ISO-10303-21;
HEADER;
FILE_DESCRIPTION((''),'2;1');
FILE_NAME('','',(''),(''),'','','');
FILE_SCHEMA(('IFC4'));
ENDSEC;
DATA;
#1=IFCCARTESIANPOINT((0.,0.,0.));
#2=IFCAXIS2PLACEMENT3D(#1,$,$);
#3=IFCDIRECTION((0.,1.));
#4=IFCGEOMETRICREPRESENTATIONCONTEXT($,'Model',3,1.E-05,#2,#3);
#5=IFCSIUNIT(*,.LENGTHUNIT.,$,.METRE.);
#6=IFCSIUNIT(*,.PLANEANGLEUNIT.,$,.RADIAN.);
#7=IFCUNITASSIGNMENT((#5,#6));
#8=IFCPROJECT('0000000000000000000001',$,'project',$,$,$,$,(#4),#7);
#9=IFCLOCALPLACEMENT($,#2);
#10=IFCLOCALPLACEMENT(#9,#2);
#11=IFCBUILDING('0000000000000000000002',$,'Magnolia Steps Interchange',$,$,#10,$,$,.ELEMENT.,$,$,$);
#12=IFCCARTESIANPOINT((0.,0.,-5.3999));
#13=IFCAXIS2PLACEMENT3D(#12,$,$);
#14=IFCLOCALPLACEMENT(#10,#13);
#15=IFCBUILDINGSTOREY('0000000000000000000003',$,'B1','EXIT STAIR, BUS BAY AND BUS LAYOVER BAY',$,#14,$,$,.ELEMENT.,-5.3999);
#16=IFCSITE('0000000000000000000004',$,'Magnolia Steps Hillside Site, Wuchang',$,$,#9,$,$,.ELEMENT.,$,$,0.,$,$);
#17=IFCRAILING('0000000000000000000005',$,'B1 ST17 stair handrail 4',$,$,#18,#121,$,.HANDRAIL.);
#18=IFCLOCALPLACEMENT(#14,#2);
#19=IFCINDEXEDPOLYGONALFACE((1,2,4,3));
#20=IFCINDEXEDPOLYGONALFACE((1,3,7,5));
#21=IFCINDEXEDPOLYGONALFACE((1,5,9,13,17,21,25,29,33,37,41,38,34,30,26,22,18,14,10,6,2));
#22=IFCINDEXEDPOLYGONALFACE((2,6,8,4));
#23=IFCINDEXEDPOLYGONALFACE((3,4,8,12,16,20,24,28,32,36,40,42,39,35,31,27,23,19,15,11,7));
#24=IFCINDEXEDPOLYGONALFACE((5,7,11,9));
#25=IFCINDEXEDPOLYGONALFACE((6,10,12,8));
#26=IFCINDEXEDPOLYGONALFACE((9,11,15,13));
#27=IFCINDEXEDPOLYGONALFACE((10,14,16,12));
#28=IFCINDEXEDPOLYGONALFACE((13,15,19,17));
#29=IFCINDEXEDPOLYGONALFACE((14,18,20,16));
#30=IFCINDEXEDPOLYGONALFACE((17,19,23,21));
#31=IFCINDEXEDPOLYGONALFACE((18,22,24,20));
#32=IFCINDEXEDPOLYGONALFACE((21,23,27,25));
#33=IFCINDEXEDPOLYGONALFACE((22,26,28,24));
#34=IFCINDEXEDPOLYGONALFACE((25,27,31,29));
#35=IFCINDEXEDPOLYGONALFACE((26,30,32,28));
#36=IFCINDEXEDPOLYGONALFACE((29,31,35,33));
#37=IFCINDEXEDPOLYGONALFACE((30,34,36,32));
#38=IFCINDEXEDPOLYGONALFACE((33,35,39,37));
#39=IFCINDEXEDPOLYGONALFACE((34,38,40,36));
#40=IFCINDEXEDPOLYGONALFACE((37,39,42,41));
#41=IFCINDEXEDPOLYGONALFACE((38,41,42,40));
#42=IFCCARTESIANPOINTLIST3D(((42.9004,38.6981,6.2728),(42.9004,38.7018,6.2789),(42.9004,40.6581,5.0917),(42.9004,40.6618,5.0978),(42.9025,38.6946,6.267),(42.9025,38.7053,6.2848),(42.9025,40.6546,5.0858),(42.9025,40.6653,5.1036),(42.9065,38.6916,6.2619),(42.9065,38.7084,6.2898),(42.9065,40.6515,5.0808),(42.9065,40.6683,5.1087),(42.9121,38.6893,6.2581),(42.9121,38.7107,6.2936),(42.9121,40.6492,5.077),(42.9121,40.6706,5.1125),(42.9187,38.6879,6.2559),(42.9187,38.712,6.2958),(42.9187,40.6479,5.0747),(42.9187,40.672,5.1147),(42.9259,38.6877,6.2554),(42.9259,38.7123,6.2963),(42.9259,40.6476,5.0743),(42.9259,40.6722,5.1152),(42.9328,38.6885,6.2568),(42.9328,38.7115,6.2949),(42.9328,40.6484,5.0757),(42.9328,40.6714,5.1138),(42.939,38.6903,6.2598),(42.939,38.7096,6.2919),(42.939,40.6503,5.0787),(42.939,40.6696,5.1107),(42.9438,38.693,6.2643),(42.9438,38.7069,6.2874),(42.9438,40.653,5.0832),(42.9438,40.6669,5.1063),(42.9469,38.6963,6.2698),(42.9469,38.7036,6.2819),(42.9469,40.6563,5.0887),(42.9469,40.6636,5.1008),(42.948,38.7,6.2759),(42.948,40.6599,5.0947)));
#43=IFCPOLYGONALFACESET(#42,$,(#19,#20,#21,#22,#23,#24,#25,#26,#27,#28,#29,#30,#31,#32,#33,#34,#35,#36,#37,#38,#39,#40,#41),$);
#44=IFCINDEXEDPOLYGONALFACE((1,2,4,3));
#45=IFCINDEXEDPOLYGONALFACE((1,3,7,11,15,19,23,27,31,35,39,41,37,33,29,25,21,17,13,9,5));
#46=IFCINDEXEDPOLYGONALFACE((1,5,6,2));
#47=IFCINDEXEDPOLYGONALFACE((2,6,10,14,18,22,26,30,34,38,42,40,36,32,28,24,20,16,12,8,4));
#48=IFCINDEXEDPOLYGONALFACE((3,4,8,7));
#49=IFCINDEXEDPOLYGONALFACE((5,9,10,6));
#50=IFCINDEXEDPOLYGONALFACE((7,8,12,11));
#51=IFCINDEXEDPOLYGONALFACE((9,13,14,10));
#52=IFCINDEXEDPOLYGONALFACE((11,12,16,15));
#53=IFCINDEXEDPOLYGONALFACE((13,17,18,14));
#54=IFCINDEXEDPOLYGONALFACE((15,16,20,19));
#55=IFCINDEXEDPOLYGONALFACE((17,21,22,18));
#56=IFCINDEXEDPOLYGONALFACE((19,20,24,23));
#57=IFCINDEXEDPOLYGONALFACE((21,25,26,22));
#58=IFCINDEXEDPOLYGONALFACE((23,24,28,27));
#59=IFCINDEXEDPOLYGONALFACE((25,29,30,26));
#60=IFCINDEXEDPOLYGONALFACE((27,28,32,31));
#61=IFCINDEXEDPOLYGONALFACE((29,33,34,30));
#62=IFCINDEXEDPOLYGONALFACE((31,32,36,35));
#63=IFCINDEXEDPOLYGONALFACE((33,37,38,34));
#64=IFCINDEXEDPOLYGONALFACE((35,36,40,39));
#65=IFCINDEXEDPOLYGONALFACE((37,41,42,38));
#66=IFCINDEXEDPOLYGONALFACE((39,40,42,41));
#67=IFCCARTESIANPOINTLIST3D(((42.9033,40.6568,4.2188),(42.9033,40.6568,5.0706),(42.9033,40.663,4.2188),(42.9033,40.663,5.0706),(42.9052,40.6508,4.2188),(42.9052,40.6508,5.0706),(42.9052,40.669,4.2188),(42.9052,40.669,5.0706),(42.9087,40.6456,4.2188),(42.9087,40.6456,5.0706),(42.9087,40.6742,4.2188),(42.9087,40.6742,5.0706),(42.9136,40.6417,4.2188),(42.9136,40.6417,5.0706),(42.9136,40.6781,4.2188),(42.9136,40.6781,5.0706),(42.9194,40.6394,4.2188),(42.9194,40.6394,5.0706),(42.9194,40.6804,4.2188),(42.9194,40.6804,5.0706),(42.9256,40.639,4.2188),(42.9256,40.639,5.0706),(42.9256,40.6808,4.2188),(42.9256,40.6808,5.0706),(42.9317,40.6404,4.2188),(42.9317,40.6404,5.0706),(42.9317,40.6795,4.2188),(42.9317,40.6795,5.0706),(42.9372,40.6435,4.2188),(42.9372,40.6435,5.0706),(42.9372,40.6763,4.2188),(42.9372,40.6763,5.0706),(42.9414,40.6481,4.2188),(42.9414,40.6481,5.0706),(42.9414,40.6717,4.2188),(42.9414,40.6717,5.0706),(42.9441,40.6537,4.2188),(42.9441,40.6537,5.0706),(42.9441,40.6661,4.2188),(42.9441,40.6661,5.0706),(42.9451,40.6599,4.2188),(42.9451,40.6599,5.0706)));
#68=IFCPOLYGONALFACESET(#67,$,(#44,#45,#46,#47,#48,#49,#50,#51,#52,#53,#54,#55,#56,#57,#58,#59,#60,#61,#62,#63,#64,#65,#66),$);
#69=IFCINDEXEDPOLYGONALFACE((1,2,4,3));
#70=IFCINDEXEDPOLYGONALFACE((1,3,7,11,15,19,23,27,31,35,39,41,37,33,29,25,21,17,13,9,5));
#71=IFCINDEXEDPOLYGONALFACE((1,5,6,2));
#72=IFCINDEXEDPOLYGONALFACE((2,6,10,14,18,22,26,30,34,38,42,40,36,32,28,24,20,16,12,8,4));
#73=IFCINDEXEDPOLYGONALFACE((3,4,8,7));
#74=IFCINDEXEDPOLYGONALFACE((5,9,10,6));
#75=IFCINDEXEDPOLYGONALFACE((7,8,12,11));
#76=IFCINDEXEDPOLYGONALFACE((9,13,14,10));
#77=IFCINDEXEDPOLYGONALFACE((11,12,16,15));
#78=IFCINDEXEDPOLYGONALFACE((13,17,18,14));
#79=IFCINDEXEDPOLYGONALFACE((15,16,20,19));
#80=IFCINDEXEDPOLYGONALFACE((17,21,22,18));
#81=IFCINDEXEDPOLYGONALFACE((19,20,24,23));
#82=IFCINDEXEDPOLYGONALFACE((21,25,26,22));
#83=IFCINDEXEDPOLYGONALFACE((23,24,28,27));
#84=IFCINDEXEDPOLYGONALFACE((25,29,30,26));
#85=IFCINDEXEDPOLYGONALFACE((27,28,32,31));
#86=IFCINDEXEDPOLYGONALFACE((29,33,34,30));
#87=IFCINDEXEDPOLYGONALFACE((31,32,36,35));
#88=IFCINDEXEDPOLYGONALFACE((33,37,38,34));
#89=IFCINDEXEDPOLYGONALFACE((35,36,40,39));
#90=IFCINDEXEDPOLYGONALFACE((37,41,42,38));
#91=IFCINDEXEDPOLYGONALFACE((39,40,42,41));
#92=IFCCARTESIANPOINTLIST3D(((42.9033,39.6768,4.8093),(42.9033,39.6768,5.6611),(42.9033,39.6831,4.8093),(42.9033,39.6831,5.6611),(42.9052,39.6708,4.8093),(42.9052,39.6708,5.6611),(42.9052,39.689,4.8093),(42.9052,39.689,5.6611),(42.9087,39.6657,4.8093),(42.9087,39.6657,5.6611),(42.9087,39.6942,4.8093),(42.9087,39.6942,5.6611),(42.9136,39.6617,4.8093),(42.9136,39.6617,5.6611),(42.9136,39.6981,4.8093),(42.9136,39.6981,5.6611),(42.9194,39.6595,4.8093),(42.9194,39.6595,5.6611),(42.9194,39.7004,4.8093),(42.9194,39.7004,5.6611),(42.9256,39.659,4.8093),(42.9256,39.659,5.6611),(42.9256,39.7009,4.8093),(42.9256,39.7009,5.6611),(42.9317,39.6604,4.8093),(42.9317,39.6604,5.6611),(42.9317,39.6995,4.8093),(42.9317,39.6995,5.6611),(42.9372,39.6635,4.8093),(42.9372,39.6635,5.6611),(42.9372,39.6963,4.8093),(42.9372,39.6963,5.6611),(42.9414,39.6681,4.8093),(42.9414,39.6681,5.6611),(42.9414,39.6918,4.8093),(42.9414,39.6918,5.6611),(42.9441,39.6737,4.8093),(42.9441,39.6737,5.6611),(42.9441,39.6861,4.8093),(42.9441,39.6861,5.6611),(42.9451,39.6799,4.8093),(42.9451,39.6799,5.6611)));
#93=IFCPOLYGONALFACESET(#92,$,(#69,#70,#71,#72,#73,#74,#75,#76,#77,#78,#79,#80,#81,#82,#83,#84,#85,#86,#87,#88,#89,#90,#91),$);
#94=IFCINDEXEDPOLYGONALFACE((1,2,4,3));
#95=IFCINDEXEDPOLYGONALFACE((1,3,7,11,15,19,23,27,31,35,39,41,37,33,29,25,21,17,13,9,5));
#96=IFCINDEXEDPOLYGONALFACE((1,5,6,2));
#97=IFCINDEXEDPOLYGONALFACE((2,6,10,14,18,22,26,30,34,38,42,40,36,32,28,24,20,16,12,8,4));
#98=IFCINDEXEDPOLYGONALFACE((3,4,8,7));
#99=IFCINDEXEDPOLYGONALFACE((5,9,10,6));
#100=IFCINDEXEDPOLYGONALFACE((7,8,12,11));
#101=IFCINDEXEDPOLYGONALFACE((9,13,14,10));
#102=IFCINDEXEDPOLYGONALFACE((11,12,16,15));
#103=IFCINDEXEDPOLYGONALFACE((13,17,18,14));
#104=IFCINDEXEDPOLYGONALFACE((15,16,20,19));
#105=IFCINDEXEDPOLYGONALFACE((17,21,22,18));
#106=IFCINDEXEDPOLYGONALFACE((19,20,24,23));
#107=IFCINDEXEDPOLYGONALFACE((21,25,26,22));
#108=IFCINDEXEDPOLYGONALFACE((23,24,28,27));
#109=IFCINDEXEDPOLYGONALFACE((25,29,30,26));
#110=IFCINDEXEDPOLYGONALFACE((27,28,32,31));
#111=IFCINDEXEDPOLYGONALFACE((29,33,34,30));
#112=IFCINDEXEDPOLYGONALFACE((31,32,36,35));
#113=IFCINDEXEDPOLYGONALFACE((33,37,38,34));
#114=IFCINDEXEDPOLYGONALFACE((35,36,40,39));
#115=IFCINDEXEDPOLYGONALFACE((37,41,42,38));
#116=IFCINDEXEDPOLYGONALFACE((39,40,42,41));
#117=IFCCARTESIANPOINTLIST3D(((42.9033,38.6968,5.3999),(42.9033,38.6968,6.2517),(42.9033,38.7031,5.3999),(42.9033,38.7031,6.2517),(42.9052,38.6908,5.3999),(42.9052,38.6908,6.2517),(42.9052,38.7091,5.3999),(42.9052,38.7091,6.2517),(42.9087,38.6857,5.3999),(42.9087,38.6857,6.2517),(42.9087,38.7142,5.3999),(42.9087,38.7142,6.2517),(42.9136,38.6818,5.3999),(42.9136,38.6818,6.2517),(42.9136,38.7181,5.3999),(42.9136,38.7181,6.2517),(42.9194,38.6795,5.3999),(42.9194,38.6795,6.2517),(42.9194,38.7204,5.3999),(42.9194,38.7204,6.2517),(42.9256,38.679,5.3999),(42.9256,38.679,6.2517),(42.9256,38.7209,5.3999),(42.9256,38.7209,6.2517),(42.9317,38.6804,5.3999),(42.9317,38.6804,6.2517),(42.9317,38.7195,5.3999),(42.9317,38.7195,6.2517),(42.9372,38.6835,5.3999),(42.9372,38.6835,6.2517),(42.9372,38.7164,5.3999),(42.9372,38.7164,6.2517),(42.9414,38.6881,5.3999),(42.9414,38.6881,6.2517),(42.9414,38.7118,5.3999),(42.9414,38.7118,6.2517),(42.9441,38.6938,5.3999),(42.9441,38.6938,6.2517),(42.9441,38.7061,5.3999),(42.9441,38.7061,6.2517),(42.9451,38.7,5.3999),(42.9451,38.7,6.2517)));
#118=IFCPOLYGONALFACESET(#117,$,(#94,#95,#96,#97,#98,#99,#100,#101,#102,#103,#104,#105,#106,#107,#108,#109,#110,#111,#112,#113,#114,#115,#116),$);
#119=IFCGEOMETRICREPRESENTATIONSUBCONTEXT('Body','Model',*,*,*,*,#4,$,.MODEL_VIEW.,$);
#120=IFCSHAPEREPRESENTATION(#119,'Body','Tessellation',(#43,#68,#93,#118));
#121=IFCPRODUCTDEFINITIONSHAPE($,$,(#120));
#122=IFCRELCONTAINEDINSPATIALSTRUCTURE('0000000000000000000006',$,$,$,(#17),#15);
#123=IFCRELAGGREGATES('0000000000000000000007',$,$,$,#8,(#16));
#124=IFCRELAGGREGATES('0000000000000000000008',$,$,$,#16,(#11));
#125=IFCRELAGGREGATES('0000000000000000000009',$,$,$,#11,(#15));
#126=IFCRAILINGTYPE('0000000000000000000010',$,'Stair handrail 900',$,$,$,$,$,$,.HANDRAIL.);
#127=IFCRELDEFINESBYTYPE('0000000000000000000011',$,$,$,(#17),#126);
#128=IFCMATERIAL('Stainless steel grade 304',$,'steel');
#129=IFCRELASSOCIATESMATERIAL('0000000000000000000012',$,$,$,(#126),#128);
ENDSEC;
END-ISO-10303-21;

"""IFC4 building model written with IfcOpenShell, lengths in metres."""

from ifc_helpers import new_model, si_unit, direction, frame, origin, origin_2d, place, context, subcontext, project, spatial, circle, extrude, material, type_object, element, save


model = new_model("IFC4")

# Units and contexts
model_context = context("Model", 3, precision=1e-05, world=origin(), true_north=direction((0.0, 1.0)))
body_context = subcontext(model_context, "Body", "Model", "MODEL_VIEW")
ifc_project = project(units=[si_unit("LENGTHUNIT", "METRE"), si_unit("PLANEANGLEUNIT", "RADIAN")], contexts=[model_context])

# Site, building, storey
site_placement = place(None, origin())
site = spatial("IfcSite", under=ifc_project, at=site_placement, Name="Magnolia Steps Hillside Site, Wuchang", CompositionType="ELEMENT", RefElevation=0.0)
building_placement = place(site_placement, origin())
building = spatial("IfcBuilding", under=site, at=building_placement, Name="Magnolia Steps Interchange", CompositionType="ELEMENT")
storey_placement = place(building_placement, frame((0.0, 0.0, -5.3999)))
storey = spatial("IfcBuildingStorey", under=building, at=storey_placement, Name="B1", Description="EXIT STAIR, BUS BAY AND BUS LAYOVER BAY", CompositionType="ELEMENT", Elevation=-5.3999)

# Railing
ifc_material_1 = material(Name="Stainless steel grade 304", Category="steel")
railing_type_1 = type_object("IfcRailingType", Name="Stair handrail 900", PredefinedType="HANDRAIL", material=ifc_material_1)
railing_1_placement = place(storey_placement, frame((42.9241, 40.6599, 4.2188)))
element("IfcRailing", 1, at=railing_1_placement, inside=storey, type_object=railing_type_1, Name="B1 ST17 stair handrail 4", PredefinedType="HANDRAIL", context=body_context, shape_type="SweptSolid", body=[
    extrude(circle(Radius=0.0239, at=origin_2d()), frame((0.0, 0.0, 0.876), z_axis=(0.0, -0.856493, 0.516158), x_axis=(1.0, 0.0, 0.0)), (0.0, 0.0, 1.0), 2.2883),
    extrude(circle(Radius=0.021, at=origin_2d()), origin(), (0.0, 0.0, 1.0), 0.8518),
    extrude(circle(Radius=0.021, at=origin_2d()), frame((0.0, -0.98, 0.5906)), (0.0, 0.0, 1.0), 0.8518),
    extrude(circle(Radius=0.021, at=origin_2d()), frame((0.0, -1.96, 1.1812)), (0.0, 0.0, 1.0), 0.8518),
])

save(model, "model.ifc")
